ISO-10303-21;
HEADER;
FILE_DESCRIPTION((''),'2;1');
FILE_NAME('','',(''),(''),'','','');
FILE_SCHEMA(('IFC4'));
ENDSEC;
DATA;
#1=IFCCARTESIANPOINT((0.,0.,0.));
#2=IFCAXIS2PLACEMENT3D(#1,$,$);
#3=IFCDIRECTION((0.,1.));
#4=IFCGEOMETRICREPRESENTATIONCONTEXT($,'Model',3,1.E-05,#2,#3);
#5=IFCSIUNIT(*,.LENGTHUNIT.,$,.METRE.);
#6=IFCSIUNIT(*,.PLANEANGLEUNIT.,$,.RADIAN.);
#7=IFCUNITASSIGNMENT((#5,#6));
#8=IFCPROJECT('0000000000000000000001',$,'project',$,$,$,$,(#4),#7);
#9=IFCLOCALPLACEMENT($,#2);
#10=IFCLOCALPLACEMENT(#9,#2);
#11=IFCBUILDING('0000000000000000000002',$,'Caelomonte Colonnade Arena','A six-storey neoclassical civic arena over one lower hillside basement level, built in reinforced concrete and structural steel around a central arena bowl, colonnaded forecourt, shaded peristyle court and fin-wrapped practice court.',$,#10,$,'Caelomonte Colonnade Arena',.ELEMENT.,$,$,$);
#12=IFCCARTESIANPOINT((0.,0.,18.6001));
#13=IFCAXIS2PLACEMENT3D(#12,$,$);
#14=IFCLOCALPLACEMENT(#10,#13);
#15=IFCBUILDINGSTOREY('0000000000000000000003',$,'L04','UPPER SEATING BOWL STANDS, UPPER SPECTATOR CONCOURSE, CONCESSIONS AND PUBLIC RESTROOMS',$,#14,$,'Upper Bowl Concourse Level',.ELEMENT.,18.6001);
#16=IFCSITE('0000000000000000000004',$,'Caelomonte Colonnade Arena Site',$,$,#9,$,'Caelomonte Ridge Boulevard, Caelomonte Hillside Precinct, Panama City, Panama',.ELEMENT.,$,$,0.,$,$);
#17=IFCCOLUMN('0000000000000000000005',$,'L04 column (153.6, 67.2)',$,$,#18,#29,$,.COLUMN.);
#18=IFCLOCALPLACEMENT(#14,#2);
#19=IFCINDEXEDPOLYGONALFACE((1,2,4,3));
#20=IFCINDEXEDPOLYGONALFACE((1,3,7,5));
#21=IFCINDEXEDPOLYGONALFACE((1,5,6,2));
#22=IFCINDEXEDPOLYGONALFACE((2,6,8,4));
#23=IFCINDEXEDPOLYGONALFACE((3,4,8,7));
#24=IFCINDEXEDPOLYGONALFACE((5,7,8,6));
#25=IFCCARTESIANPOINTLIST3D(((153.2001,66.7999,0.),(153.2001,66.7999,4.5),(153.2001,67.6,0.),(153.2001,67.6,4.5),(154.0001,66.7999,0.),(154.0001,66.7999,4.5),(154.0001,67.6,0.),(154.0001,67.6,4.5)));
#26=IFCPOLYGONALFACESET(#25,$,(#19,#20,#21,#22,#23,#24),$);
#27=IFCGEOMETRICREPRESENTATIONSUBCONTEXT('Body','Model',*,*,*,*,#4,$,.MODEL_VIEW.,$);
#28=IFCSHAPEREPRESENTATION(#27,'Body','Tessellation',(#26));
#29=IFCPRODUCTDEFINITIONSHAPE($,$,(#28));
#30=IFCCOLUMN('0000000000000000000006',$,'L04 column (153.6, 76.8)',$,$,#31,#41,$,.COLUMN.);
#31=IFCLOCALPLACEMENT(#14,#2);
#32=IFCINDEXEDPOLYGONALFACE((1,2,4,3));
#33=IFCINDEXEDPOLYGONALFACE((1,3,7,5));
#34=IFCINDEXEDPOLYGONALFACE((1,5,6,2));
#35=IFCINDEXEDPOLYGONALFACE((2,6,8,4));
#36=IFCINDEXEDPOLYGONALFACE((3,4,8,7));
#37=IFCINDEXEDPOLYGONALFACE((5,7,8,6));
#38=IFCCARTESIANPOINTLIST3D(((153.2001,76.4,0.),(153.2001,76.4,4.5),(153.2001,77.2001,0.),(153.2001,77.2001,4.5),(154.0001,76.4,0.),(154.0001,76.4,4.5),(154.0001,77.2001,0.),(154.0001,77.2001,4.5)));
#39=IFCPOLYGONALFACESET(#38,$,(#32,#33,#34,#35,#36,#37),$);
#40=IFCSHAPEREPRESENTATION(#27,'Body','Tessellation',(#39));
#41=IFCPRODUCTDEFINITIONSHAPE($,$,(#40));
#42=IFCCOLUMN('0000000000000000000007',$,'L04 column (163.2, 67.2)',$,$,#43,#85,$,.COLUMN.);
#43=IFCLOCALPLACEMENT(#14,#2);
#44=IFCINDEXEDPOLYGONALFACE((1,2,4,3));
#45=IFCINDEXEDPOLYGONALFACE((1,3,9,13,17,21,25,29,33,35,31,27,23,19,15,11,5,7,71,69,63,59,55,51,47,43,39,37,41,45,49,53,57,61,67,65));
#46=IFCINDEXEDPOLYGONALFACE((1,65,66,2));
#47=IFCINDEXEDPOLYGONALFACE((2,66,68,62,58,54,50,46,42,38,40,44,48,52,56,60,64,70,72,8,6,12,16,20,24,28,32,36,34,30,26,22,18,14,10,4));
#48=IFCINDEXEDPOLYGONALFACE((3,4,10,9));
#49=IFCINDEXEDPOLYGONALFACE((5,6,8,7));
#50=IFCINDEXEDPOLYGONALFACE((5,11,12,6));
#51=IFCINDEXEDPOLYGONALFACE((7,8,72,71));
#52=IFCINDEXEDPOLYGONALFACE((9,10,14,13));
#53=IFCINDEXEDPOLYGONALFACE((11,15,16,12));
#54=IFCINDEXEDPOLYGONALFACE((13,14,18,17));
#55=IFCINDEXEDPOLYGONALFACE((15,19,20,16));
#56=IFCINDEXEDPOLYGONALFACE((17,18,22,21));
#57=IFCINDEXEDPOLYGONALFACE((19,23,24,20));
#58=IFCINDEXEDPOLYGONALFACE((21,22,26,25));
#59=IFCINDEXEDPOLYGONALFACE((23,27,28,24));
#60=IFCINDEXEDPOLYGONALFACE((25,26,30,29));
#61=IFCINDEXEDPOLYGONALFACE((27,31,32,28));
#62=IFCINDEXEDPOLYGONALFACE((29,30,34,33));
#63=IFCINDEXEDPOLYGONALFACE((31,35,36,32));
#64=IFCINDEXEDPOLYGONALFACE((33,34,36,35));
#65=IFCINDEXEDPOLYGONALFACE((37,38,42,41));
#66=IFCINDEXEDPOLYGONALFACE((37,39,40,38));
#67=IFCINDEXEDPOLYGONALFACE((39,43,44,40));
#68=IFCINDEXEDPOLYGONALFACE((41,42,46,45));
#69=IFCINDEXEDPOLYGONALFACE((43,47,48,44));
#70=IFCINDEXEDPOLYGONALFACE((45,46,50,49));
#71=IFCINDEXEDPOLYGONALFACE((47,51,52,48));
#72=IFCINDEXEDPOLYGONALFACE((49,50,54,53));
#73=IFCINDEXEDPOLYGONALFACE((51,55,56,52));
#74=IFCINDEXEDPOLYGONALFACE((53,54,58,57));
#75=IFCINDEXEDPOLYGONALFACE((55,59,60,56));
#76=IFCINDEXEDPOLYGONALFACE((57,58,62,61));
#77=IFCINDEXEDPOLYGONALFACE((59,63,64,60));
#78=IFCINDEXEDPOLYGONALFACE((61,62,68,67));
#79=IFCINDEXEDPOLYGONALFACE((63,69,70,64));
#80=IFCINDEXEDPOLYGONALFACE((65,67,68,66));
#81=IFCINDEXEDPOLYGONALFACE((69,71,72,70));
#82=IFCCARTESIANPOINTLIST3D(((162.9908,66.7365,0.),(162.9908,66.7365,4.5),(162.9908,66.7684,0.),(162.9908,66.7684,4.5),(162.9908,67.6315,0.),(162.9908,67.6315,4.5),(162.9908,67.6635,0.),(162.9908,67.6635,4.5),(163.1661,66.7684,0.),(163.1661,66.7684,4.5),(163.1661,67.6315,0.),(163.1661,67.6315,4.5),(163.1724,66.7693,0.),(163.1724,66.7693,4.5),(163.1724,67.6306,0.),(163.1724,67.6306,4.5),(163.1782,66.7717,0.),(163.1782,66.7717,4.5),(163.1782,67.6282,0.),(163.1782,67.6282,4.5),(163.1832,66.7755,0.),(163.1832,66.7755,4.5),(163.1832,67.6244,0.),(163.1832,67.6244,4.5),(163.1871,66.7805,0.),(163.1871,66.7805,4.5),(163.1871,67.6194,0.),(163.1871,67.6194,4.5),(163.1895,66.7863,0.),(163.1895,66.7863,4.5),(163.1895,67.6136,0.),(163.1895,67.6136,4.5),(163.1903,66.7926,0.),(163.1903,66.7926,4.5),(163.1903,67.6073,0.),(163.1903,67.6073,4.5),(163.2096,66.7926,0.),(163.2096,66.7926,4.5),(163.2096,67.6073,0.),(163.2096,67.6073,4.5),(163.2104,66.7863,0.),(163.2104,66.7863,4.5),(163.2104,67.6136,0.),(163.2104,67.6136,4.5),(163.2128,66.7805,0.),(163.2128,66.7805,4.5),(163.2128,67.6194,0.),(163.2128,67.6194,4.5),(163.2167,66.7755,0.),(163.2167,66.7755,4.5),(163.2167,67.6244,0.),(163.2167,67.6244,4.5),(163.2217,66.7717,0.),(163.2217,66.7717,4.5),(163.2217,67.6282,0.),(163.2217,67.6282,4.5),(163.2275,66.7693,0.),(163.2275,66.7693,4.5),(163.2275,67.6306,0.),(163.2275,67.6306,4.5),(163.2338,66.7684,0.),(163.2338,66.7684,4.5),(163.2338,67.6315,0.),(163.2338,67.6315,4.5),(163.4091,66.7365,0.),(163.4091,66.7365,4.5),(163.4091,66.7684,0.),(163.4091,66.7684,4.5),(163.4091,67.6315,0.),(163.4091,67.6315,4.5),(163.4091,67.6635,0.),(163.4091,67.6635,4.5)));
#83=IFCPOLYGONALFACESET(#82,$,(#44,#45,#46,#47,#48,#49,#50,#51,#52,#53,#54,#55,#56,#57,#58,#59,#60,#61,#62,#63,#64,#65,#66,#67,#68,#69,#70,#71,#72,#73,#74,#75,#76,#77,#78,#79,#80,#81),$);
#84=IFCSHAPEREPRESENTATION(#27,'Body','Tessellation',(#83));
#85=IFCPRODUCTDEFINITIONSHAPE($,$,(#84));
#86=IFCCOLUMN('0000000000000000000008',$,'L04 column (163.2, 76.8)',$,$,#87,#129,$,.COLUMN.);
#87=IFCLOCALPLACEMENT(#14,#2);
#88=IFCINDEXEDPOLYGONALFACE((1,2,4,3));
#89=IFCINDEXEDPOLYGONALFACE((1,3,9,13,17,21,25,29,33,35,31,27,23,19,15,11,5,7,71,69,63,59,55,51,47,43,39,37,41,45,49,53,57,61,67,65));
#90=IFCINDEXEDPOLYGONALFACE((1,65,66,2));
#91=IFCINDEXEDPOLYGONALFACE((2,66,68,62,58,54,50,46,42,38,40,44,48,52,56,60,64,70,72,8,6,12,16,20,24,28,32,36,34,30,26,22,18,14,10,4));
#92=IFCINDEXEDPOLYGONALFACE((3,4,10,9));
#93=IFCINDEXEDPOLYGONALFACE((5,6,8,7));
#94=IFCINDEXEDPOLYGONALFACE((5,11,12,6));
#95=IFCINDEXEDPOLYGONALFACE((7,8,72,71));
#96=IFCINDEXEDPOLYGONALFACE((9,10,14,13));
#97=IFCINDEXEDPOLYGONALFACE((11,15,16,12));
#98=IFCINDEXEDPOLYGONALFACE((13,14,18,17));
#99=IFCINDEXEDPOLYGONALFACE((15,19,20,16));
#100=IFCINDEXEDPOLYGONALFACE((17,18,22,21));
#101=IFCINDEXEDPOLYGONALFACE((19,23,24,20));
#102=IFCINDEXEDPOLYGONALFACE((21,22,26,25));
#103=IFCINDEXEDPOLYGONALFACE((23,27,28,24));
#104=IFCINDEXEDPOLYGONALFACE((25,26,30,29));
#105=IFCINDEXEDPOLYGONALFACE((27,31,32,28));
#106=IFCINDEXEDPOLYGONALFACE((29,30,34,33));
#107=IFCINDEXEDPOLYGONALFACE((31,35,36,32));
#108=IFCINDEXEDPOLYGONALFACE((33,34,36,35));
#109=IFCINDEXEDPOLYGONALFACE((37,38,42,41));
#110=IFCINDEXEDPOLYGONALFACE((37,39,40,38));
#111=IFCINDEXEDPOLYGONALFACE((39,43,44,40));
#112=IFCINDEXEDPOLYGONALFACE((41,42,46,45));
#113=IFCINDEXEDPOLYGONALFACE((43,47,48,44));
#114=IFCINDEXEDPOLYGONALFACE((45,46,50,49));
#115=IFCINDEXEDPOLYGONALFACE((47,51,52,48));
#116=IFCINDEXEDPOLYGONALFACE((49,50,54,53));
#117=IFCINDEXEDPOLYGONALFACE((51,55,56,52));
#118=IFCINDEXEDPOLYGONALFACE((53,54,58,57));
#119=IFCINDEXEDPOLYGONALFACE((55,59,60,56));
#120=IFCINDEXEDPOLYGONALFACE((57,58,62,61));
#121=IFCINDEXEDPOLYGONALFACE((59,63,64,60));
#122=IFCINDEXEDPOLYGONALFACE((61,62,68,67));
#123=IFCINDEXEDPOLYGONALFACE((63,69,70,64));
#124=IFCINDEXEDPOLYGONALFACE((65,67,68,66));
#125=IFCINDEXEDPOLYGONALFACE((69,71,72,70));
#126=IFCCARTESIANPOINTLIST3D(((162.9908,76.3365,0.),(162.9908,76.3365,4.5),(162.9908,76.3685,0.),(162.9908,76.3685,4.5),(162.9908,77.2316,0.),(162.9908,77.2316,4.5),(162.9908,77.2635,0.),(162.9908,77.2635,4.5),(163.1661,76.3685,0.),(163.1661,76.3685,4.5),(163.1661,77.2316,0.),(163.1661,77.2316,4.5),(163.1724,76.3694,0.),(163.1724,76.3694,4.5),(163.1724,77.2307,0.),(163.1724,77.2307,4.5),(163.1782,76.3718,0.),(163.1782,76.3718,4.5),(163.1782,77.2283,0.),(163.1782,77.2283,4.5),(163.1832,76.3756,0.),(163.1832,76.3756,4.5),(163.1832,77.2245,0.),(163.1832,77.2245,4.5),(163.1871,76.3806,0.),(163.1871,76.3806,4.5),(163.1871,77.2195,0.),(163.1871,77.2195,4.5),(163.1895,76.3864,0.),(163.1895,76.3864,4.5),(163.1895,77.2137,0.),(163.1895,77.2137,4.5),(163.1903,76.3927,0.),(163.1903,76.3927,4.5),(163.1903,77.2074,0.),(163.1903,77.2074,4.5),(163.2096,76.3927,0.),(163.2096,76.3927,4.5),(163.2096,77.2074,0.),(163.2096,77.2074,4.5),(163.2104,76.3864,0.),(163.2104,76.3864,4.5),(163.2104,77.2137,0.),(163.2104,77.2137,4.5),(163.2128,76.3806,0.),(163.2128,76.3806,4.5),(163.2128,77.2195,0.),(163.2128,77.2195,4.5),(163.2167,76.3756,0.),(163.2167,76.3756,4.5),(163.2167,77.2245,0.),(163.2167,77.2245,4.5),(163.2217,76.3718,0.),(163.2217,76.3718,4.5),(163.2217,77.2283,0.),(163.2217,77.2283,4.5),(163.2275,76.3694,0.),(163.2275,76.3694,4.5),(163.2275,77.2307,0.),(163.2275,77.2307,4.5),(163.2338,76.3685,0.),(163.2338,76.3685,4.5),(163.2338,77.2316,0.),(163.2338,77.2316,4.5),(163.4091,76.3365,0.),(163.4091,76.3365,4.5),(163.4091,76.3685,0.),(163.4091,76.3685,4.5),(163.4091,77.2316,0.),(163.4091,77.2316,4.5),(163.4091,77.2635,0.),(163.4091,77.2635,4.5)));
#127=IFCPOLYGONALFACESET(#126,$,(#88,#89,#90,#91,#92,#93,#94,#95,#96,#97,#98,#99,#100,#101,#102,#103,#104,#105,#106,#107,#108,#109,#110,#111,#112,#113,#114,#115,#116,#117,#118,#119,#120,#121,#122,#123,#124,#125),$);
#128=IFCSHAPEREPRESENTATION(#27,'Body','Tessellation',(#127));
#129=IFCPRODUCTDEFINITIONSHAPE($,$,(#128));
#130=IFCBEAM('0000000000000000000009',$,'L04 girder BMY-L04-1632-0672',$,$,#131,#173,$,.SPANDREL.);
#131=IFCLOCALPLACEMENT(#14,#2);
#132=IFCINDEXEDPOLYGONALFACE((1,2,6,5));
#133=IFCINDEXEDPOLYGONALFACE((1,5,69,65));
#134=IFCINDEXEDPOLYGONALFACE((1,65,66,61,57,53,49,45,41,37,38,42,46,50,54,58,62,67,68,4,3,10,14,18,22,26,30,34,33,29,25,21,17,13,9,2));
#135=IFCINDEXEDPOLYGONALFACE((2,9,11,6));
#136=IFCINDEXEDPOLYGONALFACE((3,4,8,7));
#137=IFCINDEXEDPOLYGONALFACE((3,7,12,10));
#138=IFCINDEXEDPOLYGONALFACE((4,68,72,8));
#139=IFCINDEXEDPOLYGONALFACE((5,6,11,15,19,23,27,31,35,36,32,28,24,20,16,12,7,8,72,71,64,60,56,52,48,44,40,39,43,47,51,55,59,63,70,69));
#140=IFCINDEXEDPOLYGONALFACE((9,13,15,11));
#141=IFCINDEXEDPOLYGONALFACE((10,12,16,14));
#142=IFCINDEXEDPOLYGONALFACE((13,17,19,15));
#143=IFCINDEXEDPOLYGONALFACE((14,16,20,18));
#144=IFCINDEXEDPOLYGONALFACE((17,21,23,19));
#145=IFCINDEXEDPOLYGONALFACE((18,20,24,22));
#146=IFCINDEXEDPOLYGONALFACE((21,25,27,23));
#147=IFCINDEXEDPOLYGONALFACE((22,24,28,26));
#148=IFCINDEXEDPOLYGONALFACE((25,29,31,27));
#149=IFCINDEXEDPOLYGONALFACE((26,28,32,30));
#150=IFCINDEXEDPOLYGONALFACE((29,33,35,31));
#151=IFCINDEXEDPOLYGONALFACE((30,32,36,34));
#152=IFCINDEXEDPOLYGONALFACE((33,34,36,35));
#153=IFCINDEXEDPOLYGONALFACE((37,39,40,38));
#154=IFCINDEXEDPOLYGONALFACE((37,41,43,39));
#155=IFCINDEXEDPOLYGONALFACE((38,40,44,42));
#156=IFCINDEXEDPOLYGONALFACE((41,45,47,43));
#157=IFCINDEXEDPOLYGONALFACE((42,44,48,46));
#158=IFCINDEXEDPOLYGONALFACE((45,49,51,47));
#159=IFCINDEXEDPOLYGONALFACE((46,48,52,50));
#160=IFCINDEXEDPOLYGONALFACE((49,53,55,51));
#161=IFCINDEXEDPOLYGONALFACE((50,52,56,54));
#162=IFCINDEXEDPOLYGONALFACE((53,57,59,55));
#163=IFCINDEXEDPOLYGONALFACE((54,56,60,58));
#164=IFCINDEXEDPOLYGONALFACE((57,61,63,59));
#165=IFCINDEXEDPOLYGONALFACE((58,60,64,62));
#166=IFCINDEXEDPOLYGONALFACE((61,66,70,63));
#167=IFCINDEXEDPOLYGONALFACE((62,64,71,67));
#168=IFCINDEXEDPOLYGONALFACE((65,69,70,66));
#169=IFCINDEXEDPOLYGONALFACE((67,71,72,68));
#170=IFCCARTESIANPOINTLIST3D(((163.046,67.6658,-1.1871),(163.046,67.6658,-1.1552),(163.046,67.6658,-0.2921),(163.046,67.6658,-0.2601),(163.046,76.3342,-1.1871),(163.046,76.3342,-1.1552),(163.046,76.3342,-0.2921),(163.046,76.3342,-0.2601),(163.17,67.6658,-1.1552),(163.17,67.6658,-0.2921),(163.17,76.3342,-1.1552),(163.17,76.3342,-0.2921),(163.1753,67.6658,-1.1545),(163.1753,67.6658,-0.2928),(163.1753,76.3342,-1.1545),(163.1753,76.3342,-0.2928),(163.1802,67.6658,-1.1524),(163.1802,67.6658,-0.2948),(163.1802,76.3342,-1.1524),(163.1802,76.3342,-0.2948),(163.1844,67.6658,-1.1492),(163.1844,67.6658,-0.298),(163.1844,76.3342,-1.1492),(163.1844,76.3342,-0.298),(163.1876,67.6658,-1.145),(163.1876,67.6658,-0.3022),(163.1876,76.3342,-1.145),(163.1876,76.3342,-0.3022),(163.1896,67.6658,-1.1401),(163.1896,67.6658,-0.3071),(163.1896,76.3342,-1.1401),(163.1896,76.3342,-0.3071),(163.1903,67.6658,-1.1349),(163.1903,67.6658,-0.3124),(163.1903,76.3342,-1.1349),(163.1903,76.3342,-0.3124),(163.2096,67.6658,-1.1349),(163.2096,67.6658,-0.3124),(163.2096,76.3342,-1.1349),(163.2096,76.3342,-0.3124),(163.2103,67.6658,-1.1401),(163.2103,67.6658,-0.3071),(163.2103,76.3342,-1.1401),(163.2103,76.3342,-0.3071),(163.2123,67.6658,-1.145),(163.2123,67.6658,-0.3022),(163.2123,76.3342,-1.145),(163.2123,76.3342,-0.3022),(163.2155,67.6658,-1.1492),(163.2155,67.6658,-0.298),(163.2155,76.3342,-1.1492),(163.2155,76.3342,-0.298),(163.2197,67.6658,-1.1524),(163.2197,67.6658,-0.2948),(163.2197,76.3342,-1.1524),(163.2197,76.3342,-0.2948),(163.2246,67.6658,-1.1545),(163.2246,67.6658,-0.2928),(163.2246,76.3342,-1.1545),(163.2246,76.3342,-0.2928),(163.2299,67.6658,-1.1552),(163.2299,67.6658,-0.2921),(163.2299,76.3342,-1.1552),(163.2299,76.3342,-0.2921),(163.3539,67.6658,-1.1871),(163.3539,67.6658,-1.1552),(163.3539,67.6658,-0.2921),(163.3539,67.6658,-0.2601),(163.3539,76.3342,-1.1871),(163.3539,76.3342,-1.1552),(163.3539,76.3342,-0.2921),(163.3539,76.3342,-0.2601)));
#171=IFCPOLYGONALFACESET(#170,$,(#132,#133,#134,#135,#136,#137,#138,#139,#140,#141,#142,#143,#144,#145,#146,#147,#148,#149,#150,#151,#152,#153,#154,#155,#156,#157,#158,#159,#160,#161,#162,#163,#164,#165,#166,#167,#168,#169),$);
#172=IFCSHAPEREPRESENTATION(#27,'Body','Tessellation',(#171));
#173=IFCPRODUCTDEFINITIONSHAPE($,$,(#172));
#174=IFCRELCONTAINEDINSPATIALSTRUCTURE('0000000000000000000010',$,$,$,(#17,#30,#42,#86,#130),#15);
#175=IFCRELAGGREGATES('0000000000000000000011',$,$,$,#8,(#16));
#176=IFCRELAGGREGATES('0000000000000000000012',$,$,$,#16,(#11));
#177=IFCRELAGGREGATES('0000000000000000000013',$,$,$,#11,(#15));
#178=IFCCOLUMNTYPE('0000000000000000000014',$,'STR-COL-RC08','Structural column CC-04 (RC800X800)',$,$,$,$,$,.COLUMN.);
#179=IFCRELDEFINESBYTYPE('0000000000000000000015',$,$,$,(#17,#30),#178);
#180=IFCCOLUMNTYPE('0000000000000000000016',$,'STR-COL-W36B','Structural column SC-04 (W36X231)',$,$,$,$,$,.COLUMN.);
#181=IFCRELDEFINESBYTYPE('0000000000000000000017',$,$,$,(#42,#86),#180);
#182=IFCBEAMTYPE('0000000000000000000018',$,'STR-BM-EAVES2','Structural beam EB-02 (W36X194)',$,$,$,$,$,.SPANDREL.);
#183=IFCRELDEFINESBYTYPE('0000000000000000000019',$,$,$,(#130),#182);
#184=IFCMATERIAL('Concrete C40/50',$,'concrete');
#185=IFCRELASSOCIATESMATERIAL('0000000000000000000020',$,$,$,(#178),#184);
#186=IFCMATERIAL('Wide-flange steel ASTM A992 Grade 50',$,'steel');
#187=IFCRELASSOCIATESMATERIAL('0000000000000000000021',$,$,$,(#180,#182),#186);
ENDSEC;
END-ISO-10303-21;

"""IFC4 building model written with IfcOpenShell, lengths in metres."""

from ifc_helpers import new_model, si_unit, direction, frame, origin, origin_2d, place, context, subcontext, project, spatial, rectangle, i_section, extrude, material, material_profile, profile_set, type_object, element, save


model = new_model("IFC4")

# Units and contexts
model_context = context("Model", 3, precision=1e-05, world=origin(), true_north=direction((0.0, 1.0)))
body_context = subcontext(model_context, "Body", "Model", "MODEL_VIEW")
ifc_project = project(units=[si_unit("LENGTHUNIT", "METRE"), si_unit("PLANEANGLEUNIT", "RADIAN")], contexts=[model_context])

# Site, building, storey
site_placement = place(None, origin())
site = spatial("IfcSite", under=ifc_project, at=site_placement, Name="Caelomonte Colonnade Arena Site", LongName="Caelomonte Ridge Boulevard, Caelomonte Hillside Precinct, Panama City, Panama", CompositionType="ELEMENT", RefElevation=0.0)
building_placement = place(site_placement, origin())
building = spatial("IfcBuilding", under=site, at=building_placement, Name="Caelomonte Colonnade Arena", Description="A six-storey neoclassical civic arena over one lower hillside basement level, built in reinforced concrete and structural steel around a central arena bowl, colonnaded forecourt, shaded peristyle court and fin-wrapped practice court.", LongName="Caelomonte Colonnade Arena", CompositionType="ELEMENT")
storey_placement = place(building_placement, frame((0.0, 0.0, 18.6001)))
storey = spatial("IfcBuildingStorey", under=building, at=storey_placement, Name="L04", Description="UPPER SEATING BOWL STANDS, UPPER SPECTATOR CONCOURSE, CONCESSIONS AND PUBLIC RESTROOMS", LongName="Upper Bowl Concourse Level", CompositionType="ELEMENT", Elevation=18.6001)

# Columns
ifc_material_1 = material(Name="Concrete C40/50", Category="concrete")
ifc_material_profile_1 = material_profile(ifc_material_1, rectangle(XDim=0.8, YDim=0.8, at=origin_2d()), Name="RC800X800")
ifc_profile_set_1 = profile_set([ifc_material_profile_1], Name="Concrete C40/50")
column_type_1 = type_object("IfcColumnType", Name="STR-COL-RC08", Description="Structural column CC-04 (RC800X800)", PredefinedType="COLUMN", material=ifc_profile_set_1)
for number, where, z_axis, x_axis, name in (
    (1, (153.6001, 67.2, 0.0), (0.0, 0.0, 1.0), (1.0, 0.0, 0.0), "L04 column (153.6, 67.2)"),
    (2, (153.6001, 76.8, 0.0), (0.0, 0.0, 1.0), (1.0, 0.0, 0.0), "L04 column (153.6, 76.8)"),
):
    element("IfcColumn", number, at=place(storey_placement, frame(where, z_axis=z_axis, x_axis=x_axis)), inside=storey, type_object=column_type_1, Name=name, PredefinedType="COLUMN", context=body_context, shape_type="SweptSolid", body=[
        extrude(rectangle(XDim=0.8, YDim=0.8, at=origin_2d()), origin(), (0.0, 0.0, 1.0), 4.5),
    ])
ifc_material_2 = material(Name="Wide-flange steel ASTM A992 Grade 50", Category="steel")
ifc_material_profile_2 = material_profile(ifc_material_2, i_section(OverallWidth=0.4182, OverallDepth=0.927, WebThickness=0.0193, FlangeThickness=0.032, FilletRadius=0.0242, at=origin_2d()), Name="W36X231")
ifc_profile_set_2 = profile_set([ifc_material_profile_2], Name="Wide-flange steel ASTM A992 Grade 50")
column_type_2 = type_object("IfcColumnType", Name="STR-COL-W36B", Description="Structural column SC-04 (W36X231)", PredefinedType="COLUMN", material=ifc_profile_set_2)
for number, where, z_axis, x_axis, name in (
    (3, (163.2, 67.2, 0.0), (0.0, 0.0, 1.0), (1.0, 0.0, 0.0), "L04 column (163.2, 67.2)"),
    (4, (163.2, 76.8, 0.0), (0.0, 0.0, 1.0), (1.0, 0.0, 0.0), "L04 column (163.2, 76.8)"),
):
    element("IfcColumn", number, at=place(storey_placement, frame(where, z_axis=z_axis, x_axis=x_axis)), inside=storey, type_object=column_type_2, Name=name, PredefinedType="COLUMN", context=body_context, shape_type="SweptSolid", body=[
        extrude(i_section(OverallWidth=0.4182, OverallDepth=0.927, WebThickness=0.0193, FlangeThickness=0.032, FilletRadius=0.0242, at=origin_2d()), origin(), (0.0, 0.0, 1.0), 4.5),
    ])

# Beam
ifc_material_profile_3 = material_profile(ifc_material_2, i_section(OverallWidth=0.3079, OverallDepth=0.927, WebThickness=0.0193, FlangeThickness=0.032, FilletRadius=0.0203, at=origin_2d()), Name="W36X194")
ifc_profile_set_3 = profile_set([ifc_material_profile_3], Name="Wide-flange steel ASTM A992 Grade 50")
beam_type_1 = type_object("IfcBeamType", Name="STR-BM-EAVES2", Description="Structural beam EB-02 (W36X194)", PredefinedType="SPANDREL", material=ifc_profile_set_3)
beam_1_placement = place(storey_placement, frame((163.2, 67.6658, -0.7236), z_axis=(0.0, 1.0, 0.0), x_axis=(-1.0, 0.0, 0.0)))
element("IfcBeam", 5, at=beam_1_placement, inside=storey, type_object=beam_type_1, Name="L04 girder BMY-L04-1632-0672", PredefinedType="SPANDREL", context=body_context, shape_type="SweptSolid", body=[
    extrude(i_section(OverallWidth=0.3079, OverallDepth=0.927, WebThickness=0.0193, FlangeThickness=0.032, FilletRadius=0.0203, at=origin_2d()), origin(), (0.0, 0.0, 1.0), 8.6685),
])

save(model, "model.ifc")
